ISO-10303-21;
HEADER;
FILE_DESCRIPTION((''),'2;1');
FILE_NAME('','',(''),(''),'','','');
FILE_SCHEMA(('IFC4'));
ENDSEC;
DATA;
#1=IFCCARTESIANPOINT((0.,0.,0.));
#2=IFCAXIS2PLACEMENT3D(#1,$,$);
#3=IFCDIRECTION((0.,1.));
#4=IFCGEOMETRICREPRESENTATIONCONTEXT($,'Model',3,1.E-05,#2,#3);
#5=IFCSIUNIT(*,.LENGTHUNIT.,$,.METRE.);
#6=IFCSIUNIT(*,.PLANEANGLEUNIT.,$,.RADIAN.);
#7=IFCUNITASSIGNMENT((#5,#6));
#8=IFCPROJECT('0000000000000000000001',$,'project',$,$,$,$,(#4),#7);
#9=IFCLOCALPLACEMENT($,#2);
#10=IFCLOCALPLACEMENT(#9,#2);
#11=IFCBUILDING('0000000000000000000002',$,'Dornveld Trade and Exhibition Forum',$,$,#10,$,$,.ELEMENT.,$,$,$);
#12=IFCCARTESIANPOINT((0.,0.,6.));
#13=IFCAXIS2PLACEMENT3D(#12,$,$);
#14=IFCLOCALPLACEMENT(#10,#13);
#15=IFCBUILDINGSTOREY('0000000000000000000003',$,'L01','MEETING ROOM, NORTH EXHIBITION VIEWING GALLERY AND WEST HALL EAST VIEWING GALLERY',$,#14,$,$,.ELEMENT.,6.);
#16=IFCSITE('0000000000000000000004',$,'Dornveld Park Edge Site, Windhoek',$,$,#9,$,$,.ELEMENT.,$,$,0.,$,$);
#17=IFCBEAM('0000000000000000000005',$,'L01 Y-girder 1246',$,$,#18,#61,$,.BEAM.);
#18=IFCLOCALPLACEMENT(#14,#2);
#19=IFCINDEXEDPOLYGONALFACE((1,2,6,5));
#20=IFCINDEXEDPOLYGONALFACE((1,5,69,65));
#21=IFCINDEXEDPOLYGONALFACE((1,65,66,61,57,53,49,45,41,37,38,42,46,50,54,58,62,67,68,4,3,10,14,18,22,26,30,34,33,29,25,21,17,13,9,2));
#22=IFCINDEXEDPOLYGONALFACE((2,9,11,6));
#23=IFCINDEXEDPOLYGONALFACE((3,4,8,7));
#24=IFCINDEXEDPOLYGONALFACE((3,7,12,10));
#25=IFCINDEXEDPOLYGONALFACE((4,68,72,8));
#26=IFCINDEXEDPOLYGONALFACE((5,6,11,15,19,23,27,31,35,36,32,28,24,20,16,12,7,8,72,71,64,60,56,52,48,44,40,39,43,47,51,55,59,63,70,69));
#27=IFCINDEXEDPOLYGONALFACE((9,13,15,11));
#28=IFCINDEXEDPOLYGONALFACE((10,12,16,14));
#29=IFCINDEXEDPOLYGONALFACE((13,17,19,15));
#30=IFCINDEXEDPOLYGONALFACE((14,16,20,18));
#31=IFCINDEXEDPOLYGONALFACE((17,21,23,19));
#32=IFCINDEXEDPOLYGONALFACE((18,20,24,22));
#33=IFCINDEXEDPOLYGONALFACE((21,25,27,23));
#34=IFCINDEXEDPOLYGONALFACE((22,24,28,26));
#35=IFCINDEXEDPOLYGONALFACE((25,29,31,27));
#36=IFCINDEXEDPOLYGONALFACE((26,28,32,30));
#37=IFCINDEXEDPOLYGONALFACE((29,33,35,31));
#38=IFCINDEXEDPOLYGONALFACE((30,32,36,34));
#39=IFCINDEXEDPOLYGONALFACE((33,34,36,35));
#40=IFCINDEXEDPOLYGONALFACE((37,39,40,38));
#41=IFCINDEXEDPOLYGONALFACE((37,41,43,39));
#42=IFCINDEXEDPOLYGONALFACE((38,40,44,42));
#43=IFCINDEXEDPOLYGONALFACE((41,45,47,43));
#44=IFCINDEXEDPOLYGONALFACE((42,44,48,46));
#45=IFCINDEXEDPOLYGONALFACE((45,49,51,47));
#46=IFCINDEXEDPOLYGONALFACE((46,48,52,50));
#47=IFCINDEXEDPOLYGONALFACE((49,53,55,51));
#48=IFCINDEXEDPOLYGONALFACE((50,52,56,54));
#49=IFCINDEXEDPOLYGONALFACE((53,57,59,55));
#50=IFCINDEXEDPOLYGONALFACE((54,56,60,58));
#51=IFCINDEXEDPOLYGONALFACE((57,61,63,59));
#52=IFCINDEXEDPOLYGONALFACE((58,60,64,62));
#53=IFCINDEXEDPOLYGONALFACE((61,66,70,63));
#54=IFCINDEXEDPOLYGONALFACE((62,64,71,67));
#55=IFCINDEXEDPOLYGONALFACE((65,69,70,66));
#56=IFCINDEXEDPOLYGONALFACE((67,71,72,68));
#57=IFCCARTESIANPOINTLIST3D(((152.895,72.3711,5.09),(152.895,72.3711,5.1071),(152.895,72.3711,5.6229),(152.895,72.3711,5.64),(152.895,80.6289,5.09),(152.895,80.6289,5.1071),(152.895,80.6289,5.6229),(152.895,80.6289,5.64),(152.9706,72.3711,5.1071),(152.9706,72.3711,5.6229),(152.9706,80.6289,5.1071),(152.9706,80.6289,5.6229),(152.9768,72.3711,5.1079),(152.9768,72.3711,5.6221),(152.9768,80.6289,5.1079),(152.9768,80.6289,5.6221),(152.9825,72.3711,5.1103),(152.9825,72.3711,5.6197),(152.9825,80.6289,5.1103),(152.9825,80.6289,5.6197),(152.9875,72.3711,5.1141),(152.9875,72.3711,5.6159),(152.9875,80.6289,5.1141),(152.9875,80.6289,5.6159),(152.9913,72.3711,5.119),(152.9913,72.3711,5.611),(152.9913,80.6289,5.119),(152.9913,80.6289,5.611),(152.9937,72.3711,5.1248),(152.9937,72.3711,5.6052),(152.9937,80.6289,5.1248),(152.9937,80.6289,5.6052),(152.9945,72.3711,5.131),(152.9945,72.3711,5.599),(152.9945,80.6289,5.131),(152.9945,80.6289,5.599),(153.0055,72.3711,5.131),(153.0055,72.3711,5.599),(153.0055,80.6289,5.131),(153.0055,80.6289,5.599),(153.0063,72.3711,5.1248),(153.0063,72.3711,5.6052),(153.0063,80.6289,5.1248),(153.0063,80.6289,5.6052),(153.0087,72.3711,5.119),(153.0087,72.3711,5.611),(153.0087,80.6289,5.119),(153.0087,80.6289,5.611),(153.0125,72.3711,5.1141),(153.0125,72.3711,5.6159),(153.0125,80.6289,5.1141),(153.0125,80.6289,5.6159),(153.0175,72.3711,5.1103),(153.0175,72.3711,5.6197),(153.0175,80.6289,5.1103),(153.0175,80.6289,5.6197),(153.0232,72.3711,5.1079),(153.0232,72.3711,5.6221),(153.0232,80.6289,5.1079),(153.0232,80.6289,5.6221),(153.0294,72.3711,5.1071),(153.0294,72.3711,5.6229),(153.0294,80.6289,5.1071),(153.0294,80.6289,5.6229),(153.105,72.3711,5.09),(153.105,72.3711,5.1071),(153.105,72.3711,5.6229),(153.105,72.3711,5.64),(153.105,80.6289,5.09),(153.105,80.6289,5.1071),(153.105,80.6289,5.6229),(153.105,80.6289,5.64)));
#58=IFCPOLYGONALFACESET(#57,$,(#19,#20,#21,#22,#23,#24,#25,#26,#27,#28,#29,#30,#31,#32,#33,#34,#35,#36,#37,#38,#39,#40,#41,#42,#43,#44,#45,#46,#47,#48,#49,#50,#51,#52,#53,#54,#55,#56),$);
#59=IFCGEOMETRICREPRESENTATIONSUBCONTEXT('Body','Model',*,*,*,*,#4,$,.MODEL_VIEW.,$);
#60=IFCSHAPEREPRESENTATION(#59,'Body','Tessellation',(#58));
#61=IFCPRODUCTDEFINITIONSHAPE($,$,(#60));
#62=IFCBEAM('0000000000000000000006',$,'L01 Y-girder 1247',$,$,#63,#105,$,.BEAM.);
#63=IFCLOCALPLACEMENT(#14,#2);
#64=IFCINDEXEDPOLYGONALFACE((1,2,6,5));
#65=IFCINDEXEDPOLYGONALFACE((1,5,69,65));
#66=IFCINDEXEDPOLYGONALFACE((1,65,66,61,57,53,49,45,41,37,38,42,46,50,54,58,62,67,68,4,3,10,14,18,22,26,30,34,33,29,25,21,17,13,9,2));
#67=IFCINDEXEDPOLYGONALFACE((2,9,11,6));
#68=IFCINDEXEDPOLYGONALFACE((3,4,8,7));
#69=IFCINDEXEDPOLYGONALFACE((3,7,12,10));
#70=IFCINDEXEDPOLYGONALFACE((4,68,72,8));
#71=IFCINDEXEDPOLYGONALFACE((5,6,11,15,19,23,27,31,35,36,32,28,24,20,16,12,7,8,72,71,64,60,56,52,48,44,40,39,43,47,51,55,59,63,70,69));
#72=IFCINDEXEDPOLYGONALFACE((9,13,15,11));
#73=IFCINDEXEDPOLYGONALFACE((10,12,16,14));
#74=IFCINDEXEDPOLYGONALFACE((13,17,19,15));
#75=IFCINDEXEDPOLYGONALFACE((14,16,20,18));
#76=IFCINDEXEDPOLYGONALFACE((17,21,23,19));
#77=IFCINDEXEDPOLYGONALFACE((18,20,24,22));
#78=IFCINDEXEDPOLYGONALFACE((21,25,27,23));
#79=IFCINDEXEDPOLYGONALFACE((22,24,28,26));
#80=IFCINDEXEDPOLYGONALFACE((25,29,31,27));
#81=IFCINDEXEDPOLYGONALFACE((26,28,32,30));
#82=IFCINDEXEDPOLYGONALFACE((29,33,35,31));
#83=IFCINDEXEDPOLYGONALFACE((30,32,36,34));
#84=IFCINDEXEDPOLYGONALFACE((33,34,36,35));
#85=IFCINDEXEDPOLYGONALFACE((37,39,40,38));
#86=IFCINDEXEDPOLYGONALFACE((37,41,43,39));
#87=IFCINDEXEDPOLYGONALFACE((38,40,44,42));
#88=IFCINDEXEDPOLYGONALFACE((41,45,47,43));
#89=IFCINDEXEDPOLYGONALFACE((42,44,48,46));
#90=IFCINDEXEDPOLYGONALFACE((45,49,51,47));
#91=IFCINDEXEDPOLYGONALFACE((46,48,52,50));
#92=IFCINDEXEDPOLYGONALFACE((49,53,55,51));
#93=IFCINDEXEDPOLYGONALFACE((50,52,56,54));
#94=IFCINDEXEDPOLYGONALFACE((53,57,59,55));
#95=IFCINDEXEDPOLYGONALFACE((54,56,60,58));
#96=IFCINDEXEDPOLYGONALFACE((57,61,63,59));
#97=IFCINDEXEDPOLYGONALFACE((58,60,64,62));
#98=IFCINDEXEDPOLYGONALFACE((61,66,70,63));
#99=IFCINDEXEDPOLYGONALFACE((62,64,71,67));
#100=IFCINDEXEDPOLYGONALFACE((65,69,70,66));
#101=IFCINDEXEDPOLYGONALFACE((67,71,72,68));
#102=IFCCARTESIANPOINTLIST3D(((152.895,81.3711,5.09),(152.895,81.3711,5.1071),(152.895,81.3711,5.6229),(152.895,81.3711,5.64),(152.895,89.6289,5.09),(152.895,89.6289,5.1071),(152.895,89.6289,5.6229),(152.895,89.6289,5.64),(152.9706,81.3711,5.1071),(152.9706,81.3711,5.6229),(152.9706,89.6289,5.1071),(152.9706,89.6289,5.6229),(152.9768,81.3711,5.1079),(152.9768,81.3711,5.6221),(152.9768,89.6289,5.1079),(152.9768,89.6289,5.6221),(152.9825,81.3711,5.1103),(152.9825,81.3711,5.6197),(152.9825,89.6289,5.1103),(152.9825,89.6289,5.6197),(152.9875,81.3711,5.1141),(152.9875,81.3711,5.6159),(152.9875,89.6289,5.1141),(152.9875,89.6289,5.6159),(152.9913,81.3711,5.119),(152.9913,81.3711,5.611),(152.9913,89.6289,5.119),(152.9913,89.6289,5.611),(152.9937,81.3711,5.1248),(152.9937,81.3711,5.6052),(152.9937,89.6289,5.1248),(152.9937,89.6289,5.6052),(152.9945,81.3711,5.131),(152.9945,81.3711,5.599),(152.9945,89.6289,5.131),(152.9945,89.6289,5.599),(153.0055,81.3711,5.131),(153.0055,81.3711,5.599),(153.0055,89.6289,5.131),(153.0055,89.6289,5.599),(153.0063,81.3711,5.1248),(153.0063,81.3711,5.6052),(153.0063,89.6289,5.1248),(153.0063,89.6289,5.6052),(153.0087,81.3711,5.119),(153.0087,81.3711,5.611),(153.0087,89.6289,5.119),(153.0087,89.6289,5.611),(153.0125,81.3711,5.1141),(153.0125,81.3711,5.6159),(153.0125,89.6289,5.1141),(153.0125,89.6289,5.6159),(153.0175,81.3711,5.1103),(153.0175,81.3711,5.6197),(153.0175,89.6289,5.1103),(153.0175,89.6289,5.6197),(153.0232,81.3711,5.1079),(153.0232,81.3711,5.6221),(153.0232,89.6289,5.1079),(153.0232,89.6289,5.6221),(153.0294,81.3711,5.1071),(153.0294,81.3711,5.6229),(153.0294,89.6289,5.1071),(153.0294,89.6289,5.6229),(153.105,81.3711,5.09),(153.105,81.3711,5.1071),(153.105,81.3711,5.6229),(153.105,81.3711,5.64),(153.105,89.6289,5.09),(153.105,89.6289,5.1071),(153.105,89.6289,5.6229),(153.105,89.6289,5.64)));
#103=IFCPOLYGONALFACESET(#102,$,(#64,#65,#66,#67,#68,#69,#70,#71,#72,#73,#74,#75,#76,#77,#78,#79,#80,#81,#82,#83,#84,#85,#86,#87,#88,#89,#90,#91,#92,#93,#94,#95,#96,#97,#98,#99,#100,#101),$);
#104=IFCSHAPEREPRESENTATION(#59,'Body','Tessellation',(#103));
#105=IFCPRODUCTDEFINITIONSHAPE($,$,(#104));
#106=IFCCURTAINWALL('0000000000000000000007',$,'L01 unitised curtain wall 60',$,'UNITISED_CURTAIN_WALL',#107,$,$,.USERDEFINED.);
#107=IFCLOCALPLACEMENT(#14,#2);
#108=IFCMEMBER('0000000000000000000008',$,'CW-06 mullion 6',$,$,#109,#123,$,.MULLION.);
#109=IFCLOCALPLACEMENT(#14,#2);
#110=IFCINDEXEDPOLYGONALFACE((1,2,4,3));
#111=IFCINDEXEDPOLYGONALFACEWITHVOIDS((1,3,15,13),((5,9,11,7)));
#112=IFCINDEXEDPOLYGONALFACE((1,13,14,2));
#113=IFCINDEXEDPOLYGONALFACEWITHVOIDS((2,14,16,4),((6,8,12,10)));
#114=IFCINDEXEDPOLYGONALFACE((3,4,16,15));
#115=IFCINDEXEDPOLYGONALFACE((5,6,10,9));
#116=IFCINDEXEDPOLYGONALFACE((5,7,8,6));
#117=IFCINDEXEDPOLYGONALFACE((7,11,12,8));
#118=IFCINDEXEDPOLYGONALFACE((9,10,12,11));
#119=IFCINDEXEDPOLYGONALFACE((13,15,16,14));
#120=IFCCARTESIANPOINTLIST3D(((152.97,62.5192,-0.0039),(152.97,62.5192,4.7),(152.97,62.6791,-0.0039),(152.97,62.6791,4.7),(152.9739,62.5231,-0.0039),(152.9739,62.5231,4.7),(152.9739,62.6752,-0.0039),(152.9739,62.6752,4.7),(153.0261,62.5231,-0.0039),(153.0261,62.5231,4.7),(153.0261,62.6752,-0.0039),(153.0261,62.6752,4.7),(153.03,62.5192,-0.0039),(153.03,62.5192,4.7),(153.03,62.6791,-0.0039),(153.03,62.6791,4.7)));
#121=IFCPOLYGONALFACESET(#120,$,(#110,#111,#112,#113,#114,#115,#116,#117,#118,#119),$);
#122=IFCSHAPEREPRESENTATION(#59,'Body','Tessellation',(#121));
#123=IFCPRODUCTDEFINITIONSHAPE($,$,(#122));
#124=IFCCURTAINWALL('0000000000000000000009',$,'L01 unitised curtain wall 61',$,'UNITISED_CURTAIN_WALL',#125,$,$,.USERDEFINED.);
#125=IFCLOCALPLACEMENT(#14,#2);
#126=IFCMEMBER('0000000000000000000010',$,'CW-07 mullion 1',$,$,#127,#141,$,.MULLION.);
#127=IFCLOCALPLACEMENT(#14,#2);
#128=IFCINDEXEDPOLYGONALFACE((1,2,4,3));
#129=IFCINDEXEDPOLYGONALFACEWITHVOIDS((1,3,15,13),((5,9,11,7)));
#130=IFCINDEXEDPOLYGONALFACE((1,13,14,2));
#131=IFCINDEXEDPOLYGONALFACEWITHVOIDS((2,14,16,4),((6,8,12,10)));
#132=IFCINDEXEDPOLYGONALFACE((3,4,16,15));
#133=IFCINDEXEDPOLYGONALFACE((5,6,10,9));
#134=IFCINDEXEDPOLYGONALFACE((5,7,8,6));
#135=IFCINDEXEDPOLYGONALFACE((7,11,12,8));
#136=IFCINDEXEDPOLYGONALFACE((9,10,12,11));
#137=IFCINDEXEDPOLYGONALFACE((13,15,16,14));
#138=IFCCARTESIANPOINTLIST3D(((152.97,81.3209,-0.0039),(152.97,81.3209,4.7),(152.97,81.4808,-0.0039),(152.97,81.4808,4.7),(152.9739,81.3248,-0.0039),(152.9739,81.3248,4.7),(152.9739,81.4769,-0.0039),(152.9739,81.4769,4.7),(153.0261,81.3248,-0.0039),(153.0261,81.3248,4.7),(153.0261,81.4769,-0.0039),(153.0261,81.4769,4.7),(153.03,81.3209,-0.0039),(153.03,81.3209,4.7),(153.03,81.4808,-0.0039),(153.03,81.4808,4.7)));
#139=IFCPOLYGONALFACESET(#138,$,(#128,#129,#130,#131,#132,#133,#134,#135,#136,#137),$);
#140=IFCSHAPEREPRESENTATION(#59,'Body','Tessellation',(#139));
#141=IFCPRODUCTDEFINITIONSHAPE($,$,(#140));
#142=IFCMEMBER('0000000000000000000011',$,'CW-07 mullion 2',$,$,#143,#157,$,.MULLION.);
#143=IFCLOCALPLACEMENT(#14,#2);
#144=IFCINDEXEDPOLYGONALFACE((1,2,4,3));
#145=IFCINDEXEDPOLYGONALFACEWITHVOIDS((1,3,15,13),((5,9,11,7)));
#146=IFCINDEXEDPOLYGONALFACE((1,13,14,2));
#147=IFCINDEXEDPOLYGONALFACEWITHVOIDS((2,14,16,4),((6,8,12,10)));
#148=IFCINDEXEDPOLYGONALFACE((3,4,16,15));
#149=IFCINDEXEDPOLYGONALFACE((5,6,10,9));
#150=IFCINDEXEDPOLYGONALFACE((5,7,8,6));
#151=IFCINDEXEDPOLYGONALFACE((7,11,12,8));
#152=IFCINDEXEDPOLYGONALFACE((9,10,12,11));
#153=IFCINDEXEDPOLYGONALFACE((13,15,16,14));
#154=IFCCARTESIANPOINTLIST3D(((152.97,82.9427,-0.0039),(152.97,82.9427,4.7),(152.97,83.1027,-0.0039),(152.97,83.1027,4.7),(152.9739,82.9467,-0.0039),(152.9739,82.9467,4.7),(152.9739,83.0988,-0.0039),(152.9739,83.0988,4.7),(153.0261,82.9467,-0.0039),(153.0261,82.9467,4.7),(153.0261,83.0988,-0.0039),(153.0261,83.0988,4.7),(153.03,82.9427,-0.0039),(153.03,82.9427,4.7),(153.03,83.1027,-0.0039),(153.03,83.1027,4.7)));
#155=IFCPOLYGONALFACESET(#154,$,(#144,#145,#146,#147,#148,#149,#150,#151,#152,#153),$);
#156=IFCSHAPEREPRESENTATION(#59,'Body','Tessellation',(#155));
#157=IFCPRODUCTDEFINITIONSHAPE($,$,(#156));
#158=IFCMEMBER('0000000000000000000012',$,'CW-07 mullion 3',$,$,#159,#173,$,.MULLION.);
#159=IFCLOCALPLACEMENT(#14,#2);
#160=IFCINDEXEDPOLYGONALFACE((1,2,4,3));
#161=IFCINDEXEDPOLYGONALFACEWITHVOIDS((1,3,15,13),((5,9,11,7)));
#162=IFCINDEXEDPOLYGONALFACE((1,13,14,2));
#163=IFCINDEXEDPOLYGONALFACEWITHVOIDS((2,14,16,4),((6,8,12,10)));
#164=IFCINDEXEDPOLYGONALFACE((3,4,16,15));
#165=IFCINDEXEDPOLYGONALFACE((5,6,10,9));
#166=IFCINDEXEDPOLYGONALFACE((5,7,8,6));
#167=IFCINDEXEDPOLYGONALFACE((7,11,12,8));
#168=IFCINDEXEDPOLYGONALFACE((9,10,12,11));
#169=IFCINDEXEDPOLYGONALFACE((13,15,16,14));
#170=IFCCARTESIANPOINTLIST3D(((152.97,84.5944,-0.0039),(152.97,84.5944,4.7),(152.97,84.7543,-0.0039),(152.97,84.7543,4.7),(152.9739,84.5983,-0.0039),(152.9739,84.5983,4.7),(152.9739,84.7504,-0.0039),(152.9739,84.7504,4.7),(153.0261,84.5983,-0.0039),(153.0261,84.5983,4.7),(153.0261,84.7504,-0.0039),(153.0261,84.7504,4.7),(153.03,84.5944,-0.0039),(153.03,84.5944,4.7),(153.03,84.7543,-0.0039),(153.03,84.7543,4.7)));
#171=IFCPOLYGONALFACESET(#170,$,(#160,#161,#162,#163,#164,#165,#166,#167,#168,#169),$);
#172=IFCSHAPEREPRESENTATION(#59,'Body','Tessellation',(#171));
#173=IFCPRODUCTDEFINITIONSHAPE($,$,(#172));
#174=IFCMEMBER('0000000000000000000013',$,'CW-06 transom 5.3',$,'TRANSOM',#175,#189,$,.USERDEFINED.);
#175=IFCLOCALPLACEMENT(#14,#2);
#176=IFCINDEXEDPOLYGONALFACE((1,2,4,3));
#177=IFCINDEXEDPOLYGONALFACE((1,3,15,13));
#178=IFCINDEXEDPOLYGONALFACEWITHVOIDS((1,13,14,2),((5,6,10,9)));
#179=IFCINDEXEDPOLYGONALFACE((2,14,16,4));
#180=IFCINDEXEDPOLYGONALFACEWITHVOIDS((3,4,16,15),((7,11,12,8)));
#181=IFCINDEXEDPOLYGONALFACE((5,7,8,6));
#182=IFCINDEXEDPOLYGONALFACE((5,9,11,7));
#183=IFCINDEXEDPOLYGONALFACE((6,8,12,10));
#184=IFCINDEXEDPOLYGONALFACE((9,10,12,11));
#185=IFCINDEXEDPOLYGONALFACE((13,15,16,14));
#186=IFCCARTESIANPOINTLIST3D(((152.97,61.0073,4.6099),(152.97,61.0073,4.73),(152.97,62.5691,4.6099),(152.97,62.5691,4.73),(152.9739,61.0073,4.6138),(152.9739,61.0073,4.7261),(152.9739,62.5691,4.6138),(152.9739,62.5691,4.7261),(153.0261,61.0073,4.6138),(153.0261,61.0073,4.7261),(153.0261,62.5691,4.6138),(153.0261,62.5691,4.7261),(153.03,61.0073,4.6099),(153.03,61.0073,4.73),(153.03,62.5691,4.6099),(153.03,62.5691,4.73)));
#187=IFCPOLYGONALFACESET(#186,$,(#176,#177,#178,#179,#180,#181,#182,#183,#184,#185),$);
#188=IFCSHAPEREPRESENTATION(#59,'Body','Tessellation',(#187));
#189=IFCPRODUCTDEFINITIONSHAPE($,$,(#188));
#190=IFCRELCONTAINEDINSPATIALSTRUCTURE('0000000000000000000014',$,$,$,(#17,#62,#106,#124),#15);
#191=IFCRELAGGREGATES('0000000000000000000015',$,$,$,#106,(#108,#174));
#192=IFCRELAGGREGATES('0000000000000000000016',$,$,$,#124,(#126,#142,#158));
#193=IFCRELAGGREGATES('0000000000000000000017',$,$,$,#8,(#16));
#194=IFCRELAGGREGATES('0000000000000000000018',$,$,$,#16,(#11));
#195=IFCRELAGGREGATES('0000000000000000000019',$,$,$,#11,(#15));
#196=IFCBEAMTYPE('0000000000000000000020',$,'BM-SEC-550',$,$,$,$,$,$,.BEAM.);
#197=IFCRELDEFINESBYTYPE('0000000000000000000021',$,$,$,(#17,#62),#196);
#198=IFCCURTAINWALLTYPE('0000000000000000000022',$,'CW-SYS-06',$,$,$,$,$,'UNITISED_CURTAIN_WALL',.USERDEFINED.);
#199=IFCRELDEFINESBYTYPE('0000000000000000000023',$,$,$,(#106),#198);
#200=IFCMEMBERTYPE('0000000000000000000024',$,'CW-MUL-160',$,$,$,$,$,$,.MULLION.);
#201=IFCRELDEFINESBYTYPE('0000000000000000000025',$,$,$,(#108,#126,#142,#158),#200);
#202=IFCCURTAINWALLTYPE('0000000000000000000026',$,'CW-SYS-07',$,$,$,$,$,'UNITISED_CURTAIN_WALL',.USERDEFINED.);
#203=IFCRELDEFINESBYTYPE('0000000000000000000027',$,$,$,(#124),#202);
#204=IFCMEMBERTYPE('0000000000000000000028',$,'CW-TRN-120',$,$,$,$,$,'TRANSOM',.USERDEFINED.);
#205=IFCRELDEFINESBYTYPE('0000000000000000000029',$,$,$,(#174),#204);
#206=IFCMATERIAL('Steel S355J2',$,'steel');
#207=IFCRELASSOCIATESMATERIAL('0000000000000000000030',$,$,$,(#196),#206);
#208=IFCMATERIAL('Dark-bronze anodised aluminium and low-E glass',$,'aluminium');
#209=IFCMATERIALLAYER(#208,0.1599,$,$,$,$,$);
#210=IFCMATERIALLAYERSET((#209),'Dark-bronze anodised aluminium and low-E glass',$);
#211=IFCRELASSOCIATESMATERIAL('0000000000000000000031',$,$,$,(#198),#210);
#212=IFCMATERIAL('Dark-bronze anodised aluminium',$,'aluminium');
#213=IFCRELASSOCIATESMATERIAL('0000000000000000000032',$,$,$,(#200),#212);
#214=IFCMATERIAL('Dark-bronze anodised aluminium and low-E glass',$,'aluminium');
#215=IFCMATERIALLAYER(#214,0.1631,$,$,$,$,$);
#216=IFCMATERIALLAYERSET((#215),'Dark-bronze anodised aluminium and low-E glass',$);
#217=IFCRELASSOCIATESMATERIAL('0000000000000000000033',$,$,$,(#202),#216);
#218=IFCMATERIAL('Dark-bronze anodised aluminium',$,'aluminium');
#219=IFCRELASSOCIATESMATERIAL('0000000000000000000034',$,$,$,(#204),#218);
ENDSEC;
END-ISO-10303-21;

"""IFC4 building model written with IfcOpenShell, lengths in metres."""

from ifc_helpers import new_model, si_unit, direction, frame, origin, origin_2d, place, context, subcontext, project, spatial, hollow_rectangle, i_section, extrude, material, layer, layer_set, material_profile, profile_set, type_object, element, aggregate, save


model = new_model("IFC4")

# Units and contexts
model_context = context("Model", 3, precision=1e-05, world=origin(), true_north=direction((0.0, 1.0)))
body_context = subcontext(model_context, "Body", "Model", "MODEL_VIEW")
ifc_project = project(units=[si_unit("LENGTHUNIT", "METRE"), si_unit("PLANEANGLEUNIT", "RADIAN")], contexts=[model_context])

# Site, building, storey
site_placement = place(None, origin())
site = spatial("IfcSite", under=ifc_project, at=site_placement, Name="Dornveld Park Edge Site, Windhoek", CompositionType="ELEMENT", RefElevation=0.0)
building_placement = place(site_placement, origin())
building = spatial("IfcBuilding", under=site, at=building_placement, Name="Dornveld Trade and Exhibition Forum", CompositionType="ELEMENT")
storey_placement = place(building_placement, frame((0.0, 0.0, 6.0)))
storey = spatial("IfcBuildingStorey", under=building, at=storey_placement, Name="L01", Description="MEETING ROOM, NORTH EXHIBITION VIEWING GALLERY AND WEST HALL EAST VIEWING GALLERY", CompositionType="ELEMENT", Elevation=6.0)

# Beams
ifc_material_1 = material(Name="Steel S355J2", Category="steel")
ifc_material_profile_1 = material_profile(ifc_material_1, i_section(OverallWidth=0.21, OverallDepth=0.55, WebThickness=0.011, FlangeThickness=0.0171, FilletRadius=0.0239, at=origin_2d()), Name="IPE 550")
ifc_profile_set_1 = profile_set([ifc_material_profile_1], Name="Steel S355J2")
beam_type_1 = type_object("IfcBeamType", Name="BM-SEC-550", PredefinedType="BEAM", material=ifc_profile_set_1)
for number, where, z_axis, x_axis, name in (
    (1, (153.0, 72.3711, 5.365), (0.0, 1.0, 0.0), (-1.0, 0.0, 0.0), "L01 Y-girder 1246"),
    (2, (153.0, 81.3711, 5.365), (0.0, 1.0, 0.0), (-1.0, 0.0, 0.0), "L01 Y-girder 1247"),
):
    element("IfcBeam", number, at=place(storey_placement, frame(where, z_axis=z_axis, x_axis=x_axis)), inside=storey, type_object=beam_type_1, Name=name, PredefinedType="BEAM", context=body_context, shape_type="SweptSolid", body=[
        extrude(i_section(OverallWidth=0.21, OverallDepth=0.55, WebThickness=0.011, FlangeThickness=0.0171, FilletRadius=0.0239, at=origin_2d()), origin(), (0.0, 0.0, 1.0), 8.2578),
    ])

# Curtain wall, member
ifc_material_2 = material(Name="Dark-bronze anodised aluminium and low-E glass", Category="aluminium")
ifc_layer_1 = layer(ifc_material_2, 0.1599)
ifc_layer_set_1 = layer_set([ifc_layer_1], Name="Dark-bronze anodised aluminium and low-E glass")
curtain_wall_type_1 = type_object("IfcCurtainWallType", Name="CW-SYS-06", ElementType="UNITISED_CURTAIN_WALL", PredefinedType="USERDEFINED", material=ifc_layer_set_1)
curtain_wall_1_placement = place(storey_placement, origin())
curtain_wall_1 = element("IfcCurtainWall", 3, at=curtain_wall_1_placement, inside=storey, type_object=curtain_wall_type_1, Name="L01 unitised curtain wall 60", ObjectType="UNITISED_CURTAIN_WALL", PredefinedType="USERDEFINED")
ifc_material_3 = material(Name="Dark-bronze anodised aluminium", Category="aluminium")
ifc_material_profile_2 = material_profile(ifc_material_3, hollow_rectangle(XDim=0.0601, YDim=0.1599, WallThickness=0.0039, at=origin_2d()), Name="RHS 160x60x4")
ifc_profile_set_2 = profile_set([ifc_material_profile_2], Name="Dark-bronze anodised aluminium")
member_type_1 = type_object("IfcMemberType", Name="CW-MUL-160", PredefinedType="MULLION", material=ifc_profile_set_2)
member_1_placement = place(storey_placement, frame((153.0, 62.5991, -0.0039), z_axis=(0.0, 0.0, 1.0), x_axis=(-1.0, 0.0, 0.0)))
member_1 = element("IfcMember", 4, at=member_1_placement, type_object=member_type_1, Name="CW-06 mullion 6", PredefinedType="MULLION", context=body_context, shape_type="SweptSolid", body=[
    extrude(hollow_rectangle(XDim=0.0601, YDim=0.1599, WallThickness=0.0039, at=origin_2d()), origin(), (0.0, 0.0, 1.0), 4.7039),
])

# Curtain wall, members
ifc_material_4 = material(Name="Dark-bronze anodised aluminium and low-E glass", Category="aluminium")
ifc_layer_2 = layer(ifc_material_4, 0.1631)
ifc_layer_set_2 = layer_set([ifc_layer_2], Name="Dark-bronze anodised aluminium and low-E glass")
curtain_wall_type_2 = type_object("IfcCurtainWallType", Name="CW-SYS-07", ElementType="UNITISED_CURTAIN_WALL", PredefinedType="USERDEFINED", material=ifc_layer_set_2)
curtain_wall_2_placement = place(storey_placement, origin())
curtain_wall_2 = element("IfcCurtainWall", 5, at=curtain_wall_2_placement, inside=storey, type_object=curtain_wall_type_2, Name="L01 unitised curtain wall 61", ObjectType="UNITISED_CURTAIN_WALL", PredefinedType="USERDEFINED")
member_2_placement = place(storey_placement, frame((153.0, 81.4009, -0.0039), z_axis=(0.0, 0.0, 1.0), x_axis=(-1.0, 0.0, 0.0)))
member_2 = element("IfcMember", 6, at=member_2_placement, type_object=member_type_1, Name="CW-07 mullion 1", PredefinedType="MULLION", context=body_context, shape_type="SweptSolid", body=[
    extrude(hollow_rectangle(XDim=0.0601, YDim=0.1599, WallThickness=0.0039, at=origin_2d()), origin(), (0.0, 0.0, 1.0), 4.7039),
])
member_3_placement = place(storey_placement, frame((153.0, 83.0227, -0.0039), z_axis=(0.0, 0.0, 1.0), x_axis=(-1.0, 0.0, 0.0)))
member_3 = element("IfcMember", 7, at=member_3_placement, type_object=member_type_1, Name="CW-07 mullion 2", PredefinedType="MULLION", context=body_context, shape_type="SweptSolid", body=[
    extrude(hollow_rectangle(XDim=0.0601, YDim=0.1599, WallThickness=0.0039, at=origin_2d()), origin(), (0.0, 0.0, 1.0), 4.7039),
])
member_4_placement = place(storey_placement, frame((153.0, 84.6743, -0.0039), z_axis=(0.0, 0.0, 1.0), x_axis=(-1.0, 0.0, 0.0)))
member_4 = element("IfcMember", 8, at=member_4_placement, type_object=member_type_1, Name="CW-07 mullion 3", PredefinedType="MULLION", context=body_context, shape_type="SweptSolid", body=[
    extrude(hollow_rectangle(XDim=0.0601, YDim=0.1599, WallThickness=0.0039, at=origin_2d()), origin(), (0.0, 0.0, 1.0), 4.7039),
])

# Member
ifc_material_5 = material(Name="Dark-bronze anodised aluminium", Category="aluminium")
ifc_material_profile_3 = material_profile(ifc_material_5, hollow_rectangle(XDim=0.0601, YDim=0.1201, WallThickness=0.0039, at=origin_2d()), Name="RHS 120x60x4")
ifc_profile_set_3 = profile_set([ifc_material_profile_3], Name="Dark-bronze anodised aluminium")
member_type_2 = type_object("IfcMemberType", Name="CW-TRN-120", ElementType="TRANSOM", PredefinedType="USERDEFINED", material=ifc_profile_set_3)
member_5_placement = place(storey_placement, frame((153.0, 61.0073, 4.6699), z_axis=(0.0, 1.0, 0.0), x_axis=(-1.0, 0.0, 0.0)))
member_5 = element("IfcMember", 9, at=member_5_placement, type_object=member_type_2, Name="CW-06 transom 5.3", ObjectType="TRANSOM", PredefinedType="USERDEFINED", context=body_context, shape_type="SweptSolid", body=[
    extrude(hollow_rectangle(XDim=0.0601, YDim=0.1201, WallThickness=0.0039, at=origin_2d()), origin(), (0.0, 0.0, 1.0), 1.5618),
])

aggregate(curtain_wall_1, [member_1, member_5])
aggregate(curtain_wall_2, [member_2, member_3, member_4])

save(model, "model.ifc")
